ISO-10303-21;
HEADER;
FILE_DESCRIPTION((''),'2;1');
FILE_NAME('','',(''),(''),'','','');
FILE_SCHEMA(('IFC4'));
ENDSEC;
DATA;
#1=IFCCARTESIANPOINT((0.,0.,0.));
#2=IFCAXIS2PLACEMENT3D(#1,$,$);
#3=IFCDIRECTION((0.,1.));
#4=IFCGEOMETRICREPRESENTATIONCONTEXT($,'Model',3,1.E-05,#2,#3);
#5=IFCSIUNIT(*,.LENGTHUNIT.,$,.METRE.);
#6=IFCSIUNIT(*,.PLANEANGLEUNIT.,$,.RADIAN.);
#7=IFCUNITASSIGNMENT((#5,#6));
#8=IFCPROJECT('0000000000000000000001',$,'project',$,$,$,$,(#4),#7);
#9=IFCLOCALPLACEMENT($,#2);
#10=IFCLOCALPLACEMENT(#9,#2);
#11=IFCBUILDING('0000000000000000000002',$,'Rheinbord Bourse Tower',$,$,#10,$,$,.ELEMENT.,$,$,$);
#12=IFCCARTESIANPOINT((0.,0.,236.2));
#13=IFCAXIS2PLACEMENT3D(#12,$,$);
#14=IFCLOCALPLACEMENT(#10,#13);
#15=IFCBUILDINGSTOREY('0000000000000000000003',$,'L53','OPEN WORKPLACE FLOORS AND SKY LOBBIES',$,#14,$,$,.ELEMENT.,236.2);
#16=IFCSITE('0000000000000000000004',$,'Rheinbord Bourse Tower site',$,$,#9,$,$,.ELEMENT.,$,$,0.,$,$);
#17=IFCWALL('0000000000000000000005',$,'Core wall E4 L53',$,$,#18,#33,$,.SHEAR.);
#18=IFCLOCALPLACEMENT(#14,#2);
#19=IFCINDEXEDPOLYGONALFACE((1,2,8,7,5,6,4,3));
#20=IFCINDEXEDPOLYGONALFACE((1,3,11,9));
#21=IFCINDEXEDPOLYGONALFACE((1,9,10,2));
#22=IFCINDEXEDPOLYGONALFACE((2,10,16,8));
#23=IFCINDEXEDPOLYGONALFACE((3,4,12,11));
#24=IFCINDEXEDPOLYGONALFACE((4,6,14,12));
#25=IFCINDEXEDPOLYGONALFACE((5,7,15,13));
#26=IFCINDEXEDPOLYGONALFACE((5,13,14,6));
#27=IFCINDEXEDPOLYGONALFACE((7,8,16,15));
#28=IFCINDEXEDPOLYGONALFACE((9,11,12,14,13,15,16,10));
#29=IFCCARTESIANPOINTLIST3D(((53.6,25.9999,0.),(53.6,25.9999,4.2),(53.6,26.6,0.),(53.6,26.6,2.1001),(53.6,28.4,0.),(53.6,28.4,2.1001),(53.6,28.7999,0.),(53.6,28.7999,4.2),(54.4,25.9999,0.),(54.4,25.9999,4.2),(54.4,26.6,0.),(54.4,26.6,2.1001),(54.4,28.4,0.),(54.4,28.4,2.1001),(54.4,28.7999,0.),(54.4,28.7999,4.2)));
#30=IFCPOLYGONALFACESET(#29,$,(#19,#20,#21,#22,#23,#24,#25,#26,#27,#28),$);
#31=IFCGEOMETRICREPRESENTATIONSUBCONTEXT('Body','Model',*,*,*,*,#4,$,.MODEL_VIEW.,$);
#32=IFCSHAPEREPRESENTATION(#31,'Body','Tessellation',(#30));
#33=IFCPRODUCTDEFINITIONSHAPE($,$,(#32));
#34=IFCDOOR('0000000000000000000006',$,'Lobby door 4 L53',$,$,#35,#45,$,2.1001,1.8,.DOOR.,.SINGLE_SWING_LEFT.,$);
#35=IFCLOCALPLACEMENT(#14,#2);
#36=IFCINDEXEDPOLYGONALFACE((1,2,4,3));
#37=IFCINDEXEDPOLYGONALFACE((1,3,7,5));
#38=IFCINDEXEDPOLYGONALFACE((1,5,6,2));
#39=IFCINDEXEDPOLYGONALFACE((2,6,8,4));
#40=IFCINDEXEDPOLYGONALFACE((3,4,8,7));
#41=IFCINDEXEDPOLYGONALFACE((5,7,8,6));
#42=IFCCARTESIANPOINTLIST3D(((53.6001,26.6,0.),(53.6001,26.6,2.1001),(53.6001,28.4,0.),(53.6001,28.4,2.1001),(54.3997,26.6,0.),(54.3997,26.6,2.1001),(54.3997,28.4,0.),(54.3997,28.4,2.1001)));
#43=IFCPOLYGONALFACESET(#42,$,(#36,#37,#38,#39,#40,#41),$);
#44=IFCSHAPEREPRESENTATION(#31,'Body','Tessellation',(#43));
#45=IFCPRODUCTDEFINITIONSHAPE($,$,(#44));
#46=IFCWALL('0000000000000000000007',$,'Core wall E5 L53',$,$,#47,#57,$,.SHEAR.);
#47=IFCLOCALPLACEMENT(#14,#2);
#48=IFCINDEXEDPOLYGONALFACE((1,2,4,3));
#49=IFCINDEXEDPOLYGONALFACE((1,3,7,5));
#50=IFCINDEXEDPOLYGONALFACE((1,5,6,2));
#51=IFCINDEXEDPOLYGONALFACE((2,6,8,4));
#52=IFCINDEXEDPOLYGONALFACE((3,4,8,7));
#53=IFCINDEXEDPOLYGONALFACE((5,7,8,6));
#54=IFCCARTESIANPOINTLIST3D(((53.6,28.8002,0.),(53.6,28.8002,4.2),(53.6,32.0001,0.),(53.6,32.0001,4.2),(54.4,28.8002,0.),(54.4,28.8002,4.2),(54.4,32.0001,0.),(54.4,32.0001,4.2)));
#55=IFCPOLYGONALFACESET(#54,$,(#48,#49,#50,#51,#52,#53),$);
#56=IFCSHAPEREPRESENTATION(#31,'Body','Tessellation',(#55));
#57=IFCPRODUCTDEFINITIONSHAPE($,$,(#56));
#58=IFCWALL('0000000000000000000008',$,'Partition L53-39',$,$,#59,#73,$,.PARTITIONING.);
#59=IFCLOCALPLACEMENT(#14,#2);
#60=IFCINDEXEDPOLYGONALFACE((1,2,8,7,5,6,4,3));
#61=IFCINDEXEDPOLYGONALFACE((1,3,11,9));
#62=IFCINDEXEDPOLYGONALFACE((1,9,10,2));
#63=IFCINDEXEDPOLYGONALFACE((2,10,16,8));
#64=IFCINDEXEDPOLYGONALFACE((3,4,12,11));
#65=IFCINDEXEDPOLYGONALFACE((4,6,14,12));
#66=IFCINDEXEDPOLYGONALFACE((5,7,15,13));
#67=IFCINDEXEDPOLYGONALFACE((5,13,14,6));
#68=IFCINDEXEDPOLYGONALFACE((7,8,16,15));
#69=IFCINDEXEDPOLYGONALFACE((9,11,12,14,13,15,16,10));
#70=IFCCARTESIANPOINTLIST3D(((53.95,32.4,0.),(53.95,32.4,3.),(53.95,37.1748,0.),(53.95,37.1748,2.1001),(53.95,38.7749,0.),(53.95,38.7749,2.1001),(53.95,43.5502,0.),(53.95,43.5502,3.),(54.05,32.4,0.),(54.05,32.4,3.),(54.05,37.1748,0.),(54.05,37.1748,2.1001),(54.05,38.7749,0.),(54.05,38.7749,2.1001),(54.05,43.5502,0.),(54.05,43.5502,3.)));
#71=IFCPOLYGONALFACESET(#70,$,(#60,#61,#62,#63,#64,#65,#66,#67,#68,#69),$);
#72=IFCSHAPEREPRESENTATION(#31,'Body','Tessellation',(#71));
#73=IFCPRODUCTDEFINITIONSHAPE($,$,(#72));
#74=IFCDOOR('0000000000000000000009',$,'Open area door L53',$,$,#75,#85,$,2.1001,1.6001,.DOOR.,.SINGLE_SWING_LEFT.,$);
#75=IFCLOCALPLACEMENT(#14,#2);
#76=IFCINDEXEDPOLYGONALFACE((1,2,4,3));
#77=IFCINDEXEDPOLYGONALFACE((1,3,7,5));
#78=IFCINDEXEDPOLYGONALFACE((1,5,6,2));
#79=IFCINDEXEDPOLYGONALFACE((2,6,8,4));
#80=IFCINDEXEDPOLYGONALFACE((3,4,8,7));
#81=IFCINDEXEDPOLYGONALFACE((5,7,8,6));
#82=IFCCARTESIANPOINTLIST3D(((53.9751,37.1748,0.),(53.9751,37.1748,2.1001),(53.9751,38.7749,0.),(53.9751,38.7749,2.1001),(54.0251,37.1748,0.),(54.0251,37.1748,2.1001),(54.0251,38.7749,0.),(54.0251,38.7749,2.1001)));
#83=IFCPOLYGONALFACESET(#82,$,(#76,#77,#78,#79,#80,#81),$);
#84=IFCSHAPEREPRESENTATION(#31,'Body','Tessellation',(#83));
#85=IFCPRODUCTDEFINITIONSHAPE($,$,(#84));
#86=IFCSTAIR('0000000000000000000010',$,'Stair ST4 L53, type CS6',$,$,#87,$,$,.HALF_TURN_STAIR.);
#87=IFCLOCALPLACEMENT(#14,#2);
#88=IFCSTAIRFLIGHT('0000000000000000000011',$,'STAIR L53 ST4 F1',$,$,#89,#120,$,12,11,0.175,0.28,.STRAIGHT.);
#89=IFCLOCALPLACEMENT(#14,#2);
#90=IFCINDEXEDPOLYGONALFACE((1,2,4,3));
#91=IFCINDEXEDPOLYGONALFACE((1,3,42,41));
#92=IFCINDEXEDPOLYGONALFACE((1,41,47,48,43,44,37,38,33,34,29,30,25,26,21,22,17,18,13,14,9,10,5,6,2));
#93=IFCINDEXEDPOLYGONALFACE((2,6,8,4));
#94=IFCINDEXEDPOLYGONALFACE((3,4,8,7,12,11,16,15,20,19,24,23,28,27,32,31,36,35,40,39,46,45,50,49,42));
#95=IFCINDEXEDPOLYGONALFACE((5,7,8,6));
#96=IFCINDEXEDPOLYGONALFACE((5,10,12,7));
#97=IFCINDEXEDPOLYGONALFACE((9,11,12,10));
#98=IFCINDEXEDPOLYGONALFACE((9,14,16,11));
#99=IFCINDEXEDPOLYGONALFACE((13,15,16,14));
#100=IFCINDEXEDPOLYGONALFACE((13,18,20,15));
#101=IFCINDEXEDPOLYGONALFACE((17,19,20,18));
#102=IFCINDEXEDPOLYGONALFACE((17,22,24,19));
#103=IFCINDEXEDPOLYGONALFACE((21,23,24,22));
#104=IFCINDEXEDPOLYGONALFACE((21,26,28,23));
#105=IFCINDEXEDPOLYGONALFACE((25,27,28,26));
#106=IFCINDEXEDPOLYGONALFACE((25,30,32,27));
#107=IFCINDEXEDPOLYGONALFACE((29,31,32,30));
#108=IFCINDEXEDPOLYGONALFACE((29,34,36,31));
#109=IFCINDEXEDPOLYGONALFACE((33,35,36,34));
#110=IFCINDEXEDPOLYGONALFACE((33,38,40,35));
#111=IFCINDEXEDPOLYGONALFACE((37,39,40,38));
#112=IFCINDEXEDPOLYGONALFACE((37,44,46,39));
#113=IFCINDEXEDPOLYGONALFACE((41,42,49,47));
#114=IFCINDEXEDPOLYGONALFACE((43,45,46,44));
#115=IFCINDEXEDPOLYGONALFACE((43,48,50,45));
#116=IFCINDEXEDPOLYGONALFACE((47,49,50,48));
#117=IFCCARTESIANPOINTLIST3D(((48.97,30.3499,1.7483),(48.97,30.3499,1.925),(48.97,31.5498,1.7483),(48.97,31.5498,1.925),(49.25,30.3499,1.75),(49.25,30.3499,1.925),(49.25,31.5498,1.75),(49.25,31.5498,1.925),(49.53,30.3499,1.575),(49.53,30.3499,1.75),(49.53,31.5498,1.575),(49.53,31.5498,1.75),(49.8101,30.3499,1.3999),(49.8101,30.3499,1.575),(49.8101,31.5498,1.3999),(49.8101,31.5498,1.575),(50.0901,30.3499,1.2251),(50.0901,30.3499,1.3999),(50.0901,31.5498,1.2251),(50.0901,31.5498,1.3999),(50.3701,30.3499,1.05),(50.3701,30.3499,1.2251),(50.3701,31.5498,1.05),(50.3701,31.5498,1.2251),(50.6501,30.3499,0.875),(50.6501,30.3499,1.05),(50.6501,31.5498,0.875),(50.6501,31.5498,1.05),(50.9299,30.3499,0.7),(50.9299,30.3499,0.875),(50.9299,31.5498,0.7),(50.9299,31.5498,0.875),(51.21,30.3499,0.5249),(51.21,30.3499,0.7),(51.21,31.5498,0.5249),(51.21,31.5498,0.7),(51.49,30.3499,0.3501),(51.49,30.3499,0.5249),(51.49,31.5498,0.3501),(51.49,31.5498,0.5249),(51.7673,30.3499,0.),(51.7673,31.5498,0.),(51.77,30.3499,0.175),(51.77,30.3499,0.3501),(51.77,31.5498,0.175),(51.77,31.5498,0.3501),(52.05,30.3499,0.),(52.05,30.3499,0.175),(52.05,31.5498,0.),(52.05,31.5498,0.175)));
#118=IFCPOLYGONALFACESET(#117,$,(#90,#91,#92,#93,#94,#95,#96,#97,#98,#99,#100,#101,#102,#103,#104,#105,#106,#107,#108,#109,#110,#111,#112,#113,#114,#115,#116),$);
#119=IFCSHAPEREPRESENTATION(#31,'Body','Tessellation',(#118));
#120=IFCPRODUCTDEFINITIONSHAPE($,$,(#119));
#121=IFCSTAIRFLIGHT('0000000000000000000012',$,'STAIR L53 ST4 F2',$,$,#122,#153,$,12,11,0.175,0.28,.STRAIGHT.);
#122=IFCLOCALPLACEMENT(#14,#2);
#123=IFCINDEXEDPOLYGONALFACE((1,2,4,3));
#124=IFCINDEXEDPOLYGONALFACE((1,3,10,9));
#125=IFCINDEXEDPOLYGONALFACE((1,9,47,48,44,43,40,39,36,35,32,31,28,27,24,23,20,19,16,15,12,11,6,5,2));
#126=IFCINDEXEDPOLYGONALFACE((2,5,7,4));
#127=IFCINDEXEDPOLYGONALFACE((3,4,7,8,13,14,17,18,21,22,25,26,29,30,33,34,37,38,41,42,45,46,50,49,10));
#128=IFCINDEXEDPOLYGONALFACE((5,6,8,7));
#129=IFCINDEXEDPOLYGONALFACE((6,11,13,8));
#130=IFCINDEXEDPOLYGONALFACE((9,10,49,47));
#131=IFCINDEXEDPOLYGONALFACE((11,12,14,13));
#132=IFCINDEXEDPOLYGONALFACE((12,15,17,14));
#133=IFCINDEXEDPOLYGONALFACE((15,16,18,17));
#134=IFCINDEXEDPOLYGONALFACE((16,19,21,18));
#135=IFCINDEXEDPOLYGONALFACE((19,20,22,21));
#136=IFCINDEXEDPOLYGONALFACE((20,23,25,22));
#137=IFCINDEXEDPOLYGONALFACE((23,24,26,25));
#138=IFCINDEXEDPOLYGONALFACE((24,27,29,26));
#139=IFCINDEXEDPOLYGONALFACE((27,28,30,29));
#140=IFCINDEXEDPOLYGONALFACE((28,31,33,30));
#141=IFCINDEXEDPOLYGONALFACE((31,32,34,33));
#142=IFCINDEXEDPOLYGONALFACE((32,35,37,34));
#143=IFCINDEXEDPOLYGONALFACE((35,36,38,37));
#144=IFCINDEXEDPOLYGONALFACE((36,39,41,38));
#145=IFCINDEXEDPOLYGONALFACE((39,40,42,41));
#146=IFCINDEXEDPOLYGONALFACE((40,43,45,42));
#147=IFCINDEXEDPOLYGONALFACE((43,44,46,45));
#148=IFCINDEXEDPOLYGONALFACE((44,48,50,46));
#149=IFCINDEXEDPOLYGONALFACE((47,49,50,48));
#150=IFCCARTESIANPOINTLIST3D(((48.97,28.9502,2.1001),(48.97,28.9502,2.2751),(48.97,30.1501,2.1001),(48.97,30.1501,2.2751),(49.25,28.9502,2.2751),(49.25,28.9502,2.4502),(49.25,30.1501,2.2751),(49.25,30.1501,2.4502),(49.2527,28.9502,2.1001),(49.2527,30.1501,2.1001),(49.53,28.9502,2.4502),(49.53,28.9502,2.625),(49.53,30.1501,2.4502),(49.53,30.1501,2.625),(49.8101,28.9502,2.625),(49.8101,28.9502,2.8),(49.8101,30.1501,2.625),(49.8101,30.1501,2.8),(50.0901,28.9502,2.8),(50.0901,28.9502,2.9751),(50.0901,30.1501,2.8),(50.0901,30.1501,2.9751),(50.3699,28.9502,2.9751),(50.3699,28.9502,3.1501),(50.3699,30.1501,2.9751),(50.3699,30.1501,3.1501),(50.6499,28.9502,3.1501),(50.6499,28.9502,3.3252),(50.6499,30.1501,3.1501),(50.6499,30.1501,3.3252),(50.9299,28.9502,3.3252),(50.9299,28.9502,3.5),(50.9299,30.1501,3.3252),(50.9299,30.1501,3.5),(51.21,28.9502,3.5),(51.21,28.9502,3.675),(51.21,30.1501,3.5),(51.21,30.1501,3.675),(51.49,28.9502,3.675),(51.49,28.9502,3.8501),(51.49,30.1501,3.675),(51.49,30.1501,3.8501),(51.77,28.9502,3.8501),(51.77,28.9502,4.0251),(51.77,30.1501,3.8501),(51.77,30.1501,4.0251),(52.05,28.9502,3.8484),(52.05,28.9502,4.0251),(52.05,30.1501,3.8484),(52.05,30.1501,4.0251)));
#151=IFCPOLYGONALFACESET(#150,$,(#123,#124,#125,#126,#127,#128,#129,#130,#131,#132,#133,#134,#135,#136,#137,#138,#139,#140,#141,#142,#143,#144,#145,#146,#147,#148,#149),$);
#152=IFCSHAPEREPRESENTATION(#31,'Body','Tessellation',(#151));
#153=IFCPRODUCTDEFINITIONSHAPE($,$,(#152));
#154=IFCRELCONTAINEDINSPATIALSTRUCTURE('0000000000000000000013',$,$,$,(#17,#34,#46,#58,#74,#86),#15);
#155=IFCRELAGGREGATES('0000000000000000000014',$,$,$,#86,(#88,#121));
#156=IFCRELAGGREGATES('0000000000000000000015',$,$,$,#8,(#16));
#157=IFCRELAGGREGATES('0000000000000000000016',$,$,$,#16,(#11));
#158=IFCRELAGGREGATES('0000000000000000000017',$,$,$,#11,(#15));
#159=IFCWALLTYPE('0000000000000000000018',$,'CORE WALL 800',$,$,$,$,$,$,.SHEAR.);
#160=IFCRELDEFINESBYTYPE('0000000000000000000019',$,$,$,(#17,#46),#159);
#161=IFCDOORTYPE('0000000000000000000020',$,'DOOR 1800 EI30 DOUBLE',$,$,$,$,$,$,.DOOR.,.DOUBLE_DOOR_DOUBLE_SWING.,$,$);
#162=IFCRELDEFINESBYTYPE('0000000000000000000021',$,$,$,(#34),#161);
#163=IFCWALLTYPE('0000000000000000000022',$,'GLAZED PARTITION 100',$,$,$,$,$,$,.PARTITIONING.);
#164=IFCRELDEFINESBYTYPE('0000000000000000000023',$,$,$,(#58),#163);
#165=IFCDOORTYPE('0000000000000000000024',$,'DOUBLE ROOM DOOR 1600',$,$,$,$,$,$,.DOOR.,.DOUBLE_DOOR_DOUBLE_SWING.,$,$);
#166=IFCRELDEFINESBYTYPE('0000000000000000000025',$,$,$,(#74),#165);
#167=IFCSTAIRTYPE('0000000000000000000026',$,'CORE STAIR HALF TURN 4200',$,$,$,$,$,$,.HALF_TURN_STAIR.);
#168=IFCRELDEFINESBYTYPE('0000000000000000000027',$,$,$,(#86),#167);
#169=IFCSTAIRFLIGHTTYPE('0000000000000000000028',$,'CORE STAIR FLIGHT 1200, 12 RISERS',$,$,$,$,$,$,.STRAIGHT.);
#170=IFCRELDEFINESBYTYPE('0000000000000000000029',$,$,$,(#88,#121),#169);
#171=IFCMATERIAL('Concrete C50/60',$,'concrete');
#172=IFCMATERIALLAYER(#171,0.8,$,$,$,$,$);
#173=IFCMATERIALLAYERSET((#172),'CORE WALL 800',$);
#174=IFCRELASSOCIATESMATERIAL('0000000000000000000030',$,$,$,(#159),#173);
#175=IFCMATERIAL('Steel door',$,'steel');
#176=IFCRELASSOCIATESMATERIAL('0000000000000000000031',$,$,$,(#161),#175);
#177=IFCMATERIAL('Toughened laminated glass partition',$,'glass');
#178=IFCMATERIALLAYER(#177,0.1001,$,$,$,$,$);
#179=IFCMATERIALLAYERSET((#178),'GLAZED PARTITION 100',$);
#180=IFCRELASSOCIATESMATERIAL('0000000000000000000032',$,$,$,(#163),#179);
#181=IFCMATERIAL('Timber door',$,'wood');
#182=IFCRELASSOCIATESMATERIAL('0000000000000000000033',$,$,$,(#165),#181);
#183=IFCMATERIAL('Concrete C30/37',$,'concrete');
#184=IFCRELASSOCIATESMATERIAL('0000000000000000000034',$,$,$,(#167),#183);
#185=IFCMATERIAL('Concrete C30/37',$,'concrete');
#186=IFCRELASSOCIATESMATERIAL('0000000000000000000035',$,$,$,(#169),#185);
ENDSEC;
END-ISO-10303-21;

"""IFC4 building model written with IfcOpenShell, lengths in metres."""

from ifc_helpers import new_model, si_unit, direction, frame, frame_2d, origin, place, context, subcontext, project, spatial, polyline, rectangle, outline, extrude, material, layer, layer_set, type_object, element, fill, aggregate, save


model = new_model("IFC4")

# Units and contexts
model_context = context("Model", 3, precision=1e-05, world=origin(), true_north=direction((0.0, 1.0)))
body_context = subcontext(model_context, "Body", "Model", "MODEL_VIEW")
ifc_project = project(units=[si_unit("LENGTHUNIT", "METRE"), si_unit("PLANEANGLEUNIT", "RADIAN")], contexts=[model_context])

# Site, building, storey
site_placement = place(None, origin())
site = spatial("IfcSite", under=ifc_project, at=site_placement, Name="Rheinbord Bourse Tower site", CompositionType="ELEMENT", RefElevation=0.0)
building_placement = place(site_placement, origin())
building = spatial("IfcBuilding", under=site, at=building_placement, Name="Rheinbord Bourse Tower", CompositionType="ELEMENT")
storey_placement = place(building_placement, frame((0.0, 0.0, 236.2)))
storey = spatial("IfcBuildingStorey", under=building, at=storey_placement, Name="L53", Description="OPEN WORKPLACE FLOORS AND SKY LOBBIES", CompositionType="ELEMENT", Elevation=236.2)

# Shared definitions
ifc_material_1 = material(Name="Concrete C50/60", Category="concrete")
ifc_layer_1 = layer(ifc_material_1, 0.8)
ifc_layer_set_1 = layer_set([ifc_layer_1], Name="CORE WALL 800")
wall_type_1 = type_object("IfcWallType", Name="CORE WALL 800", PredefinedType="SHEAR", material=ifc_layer_set_1)

# Wall, opening, door
wall_1_placement = place(storey_placement, frame((54.0, 26.0, 0.0), z_axis=(0.0, 0.0, 1.0), x_axis=(0.0, 1.0, 0.0)))
wall_1 = element("IfcWall", 1, at=wall_1_placement, inside=storey, type_object=wall_type_1, Name="Core wall E4 L53", PredefinedType="SHEAR", context=body_context, shape_type="SweptSolid", body=[
    extrude(rectangle(XDim=2.8, YDim=0.8, at=frame_2d((1.3999, 0.0))), origin(), (0.0, 0.0, 1.0), 4.2),
])
opening_1_placement = place(wall_1_placement, frame((0.6001, 0.0, 0.0)))
opening_1 = element("IfcOpeningElement", 2, at=opening_1_placement, cuts=wall_1, PredefinedType="OPENING", context=body_context, shape_type="SweptSolid", body=[
    extrude(rectangle(XDim=1.8, YDim=2.1001, at=frame_2d((0.8999, 1.05))), frame((0.0, 0.4099, 0.0), z_axis=(0.0, -1.0, 0.0), x_axis=(1.0, 0.0, 0.0)), (0.0, 0.0, 1.0), 0.8201),
])
ifc_material_2 = material(Name="Steel door", Category="steel")
door_type_1 = type_object("IfcDoorType", Name="DOOR 1800 EI30 DOUBLE", OperationType="DOUBLE_DOOR_DOUBLE_SWING", PredefinedType="DOOR", material=ifc_material_2)
door_1_placement = place(opening_1_placement, origin())
door_1 = element("IfcDoor", 3, at=door_1_placement, inside=storey, type_object=door_type_1, Name="Lobby door 4 L53", OperationType="SINGLE_SWING_LEFT", OverallHeight=2.1001, OverallWidth=1.8, PredefinedType="DOOR", context=body_context, shape_type="SweptSolid", body=[
    extrude(rectangle(XDim=1.8, YDim=2.1001, at=frame_2d((0.8999, 1.05))), frame((0.0, 0.3999, 0.0), z_axis=(0.0, -1.0, 0.0), x_axis=(1.0, 0.0, 0.0)), (0.0, 0.0, 1.0), 0.7996),
])
fill(opening_1, door_1)

# Wall
wall_2_placement = place(storey_placement, frame((54.0, 28.8, 0.0), z_axis=(0.0, 0.0, 1.0), x_axis=(0.0, 1.0, 0.0)))
element("IfcWall", 4, at=wall_2_placement, inside=storey, type_object=wall_type_1, Name="Core wall E5 L53", PredefinedType="SHEAR", context=body_context, shape_type="SweptSolid", body=[
    extrude(rectangle(XDim=3.2, YDim=0.8, at=frame_2d((1.6001, 0.0))), origin(), (0.0, 0.0, 1.0), 4.2),
])

# Wall, opening, door
ifc_material_3 = material(Name="Toughened laminated glass partition", Category="glass")
ifc_layer_2 = layer(ifc_material_3, 0.1001)
ifc_layer_set_2 = layer_set([ifc_layer_2], Name="GLAZED PARTITION 100")
wall_type_2 = type_object("IfcWallType", Name="GLAZED PARTITION 100", PredefinedType="PARTITIONING", material=ifc_layer_set_2)
wall_3_placement = place(storey_placement, frame((54.0, 32.3999, 0.0), z_axis=(0.0, 0.0, 1.0), x_axis=(0.0, 1.0, 0.0)))
wall_3 = element("IfcWall", 5, at=wall_3_placement, inside=storey, type_object=wall_type_2, Name="Partition L53-39", PredefinedType="PARTITIONING", context=body_context, shape_type="SweptSolid", body=[
    extrude(rectangle(XDim=11.1501, YDim=0.1001, at=frame_2d((5.5752, 0.0))), origin(), (0.0, 0.0, 1.0), 3.0),
])
opening_2_placement = place(wall_3_placement, frame((4.7749, 0.0, 0.0)))
opening_2 = element("IfcOpeningElement", 6, at=opening_2_placement, cuts=wall_3, PredefinedType="OPENING", context=body_context, shape_type="SweptSolid", body=[
    extrude(rectangle(XDim=1.6001, YDim=2.1001, at=frame_2d((0.8, 1.05))), frame((0.0, 0.0601, 0.0), z_axis=(0.0, -1.0, 0.0), x_axis=(1.0, 0.0, 0.0)), (0.0, 0.0, 1.0), 0.1201),
])
ifc_material_4 = material(Name="Timber door", Category="wood")
door_type_2 = type_object("IfcDoorType", Name="DOUBLE ROOM DOOR 1600", OperationType="DOUBLE_DOOR_DOUBLE_SWING", PredefinedType="DOOR", material=ifc_material_4)
door_2_placement = place(opening_2_placement, origin())
door_2 = element("IfcDoor", 7, at=door_2_placement, inside=storey, type_object=door_type_2, Name="Open area door L53", OperationType="SINGLE_SWING_LEFT", OverallHeight=2.1001, OverallWidth=1.6001, PredefinedType="DOOR", context=body_context, shape_type="SweptSolid", body=[
    extrude(rectangle(XDim=1.6001, YDim=2.1001, at=frame_2d((0.8, 1.05))), frame((0.0, 0.0249, 0.0), z_axis=(0.0, -1.0, 0.0), x_axis=(1.0, 0.0, 0.0)), (0.0, 0.0, 1.0), 0.05),
])
fill(opening_2, door_2)

# Stair, stair flights
ifc_material_5 = material(Name="Concrete C30/37", Category="concrete")
stair_type = type_object("IfcStairType", Name="CORE STAIR HALF TURN 4200", PredefinedType="HALF_TURN_STAIR", material=ifc_material_5)
stair_placement = place(storey_placement, origin())
stair = element("IfcStair", 8, at=stair_placement, inside=storey, type_object=stair_type, Name="Stair ST4 L53, type CS6", PredefinedType="HALF_TURN_STAIR")
ifc_material_6 = material(Name="Concrete C30/37", Category="concrete")
stair_flight_type = type_object("IfcStairFlightType", Name="CORE STAIR FLIGHT 1200, 12 RISERS", PredefinedType="STRAIGHT", material=ifc_material_6)
stair_flight_1_placement = place(storey_placement, frame((52.05, 30.95, 0.0), z_axis=(0.0, 0.0, 1.0), x_axis=(-1.0, 0.0, 0.0)))
stair_flight_1 = element("IfcStairFlight", 9, at=stair_flight_1_placement, type_object=stair_flight_type, Name="STAIR L53 ST4 F1", NumberOfRisers=12, NumberOfTreads=11, PredefinedType="STRAIGHT", RiserHeight=0.175, TreadLength=0.28, context=body_context, shape_type="SweptSolid", body=[
    extrude(outline(polyline([(0.0, 0.0), (0.0, 0.175), (0.28, 0.175), (0.28, 0.3501), (0.5601, 0.3501), (0.5601, 0.5249), (0.8401, 0.5249), (0.8401, 0.7), (1.1201, 0.7), (1.1201, 0.875), (1.3999, 0.875), (1.3999, 1.05), (1.6799, 1.05), (1.6799, 1.2251), (1.96, 1.2251), (1.96, 1.3999), (2.24, 1.3999), (2.24, 1.575), (2.52, 1.575), (2.52, 1.75), (2.8, 1.75), (2.8, 1.925), (3.0801, 1.925), (3.0801, 2.1001), (3.0801, 1.7483), (0.2827, 0.0), (0.0, 0.0)])), frame((0.0, 0.6001, 0.0), z_axis=(0.0, -1.0, 0.0), x_axis=(1.0, 0.0, 0.0)), (0.0, 0.0, 1.0), 1.2),
])
stair_flight_2_placement = place(storey_placement, frame((48.97, 29.55, 2.1001), z_axis=(0.0, 0.0, 1.0), x_axis=(1.0, 0.0, 0.0)))
stair_flight_2 = element("IfcStairFlight", 10, at=stair_flight_2_placement, type_object=stair_flight_type, Name="STAIR L53 ST4 F2", NumberOfRisers=12, NumberOfTreads=11, PredefinedType="STRAIGHT", RiserHeight=0.175, TreadLength=0.28, context=body_context, shape_type="SweptSolid", body=[
    extrude(outline(polyline([(0.0, 0.0), (0.0, 0.175), (0.28, 0.175), (0.28, 0.3501), (0.5601, 0.3501), (0.5601, 0.5249), (0.8401, 0.5249), (0.8401, 0.7), (1.1201, 0.7), (1.1201, 0.875), (1.3999, 0.875), (1.3999, 1.05), (1.6799, 1.05), (1.6799, 1.2251), (1.96, 1.2251), (1.96, 1.3999), (2.24, 1.3999), (2.24, 1.575), (2.52, 1.575), (2.52, 1.75), (2.8, 1.75), (2.8, 1.925), (3.0801, 1.925), (3.0801, 2.1001), (3.0801, 1.7483), (0.2827, 0.0), (0.0, 0.0)])), frame((0.0, 0.6001, 0.0), z_axis=(0.0, -1.0, 0.0), x_axis=(1.0, 0.0, 0.0)), (0.0, 0.0, 1.0), 1.2),
])
aggregate(stair, [stair_flight_1, stair_flight_2])

save(model, "model.ifc")
